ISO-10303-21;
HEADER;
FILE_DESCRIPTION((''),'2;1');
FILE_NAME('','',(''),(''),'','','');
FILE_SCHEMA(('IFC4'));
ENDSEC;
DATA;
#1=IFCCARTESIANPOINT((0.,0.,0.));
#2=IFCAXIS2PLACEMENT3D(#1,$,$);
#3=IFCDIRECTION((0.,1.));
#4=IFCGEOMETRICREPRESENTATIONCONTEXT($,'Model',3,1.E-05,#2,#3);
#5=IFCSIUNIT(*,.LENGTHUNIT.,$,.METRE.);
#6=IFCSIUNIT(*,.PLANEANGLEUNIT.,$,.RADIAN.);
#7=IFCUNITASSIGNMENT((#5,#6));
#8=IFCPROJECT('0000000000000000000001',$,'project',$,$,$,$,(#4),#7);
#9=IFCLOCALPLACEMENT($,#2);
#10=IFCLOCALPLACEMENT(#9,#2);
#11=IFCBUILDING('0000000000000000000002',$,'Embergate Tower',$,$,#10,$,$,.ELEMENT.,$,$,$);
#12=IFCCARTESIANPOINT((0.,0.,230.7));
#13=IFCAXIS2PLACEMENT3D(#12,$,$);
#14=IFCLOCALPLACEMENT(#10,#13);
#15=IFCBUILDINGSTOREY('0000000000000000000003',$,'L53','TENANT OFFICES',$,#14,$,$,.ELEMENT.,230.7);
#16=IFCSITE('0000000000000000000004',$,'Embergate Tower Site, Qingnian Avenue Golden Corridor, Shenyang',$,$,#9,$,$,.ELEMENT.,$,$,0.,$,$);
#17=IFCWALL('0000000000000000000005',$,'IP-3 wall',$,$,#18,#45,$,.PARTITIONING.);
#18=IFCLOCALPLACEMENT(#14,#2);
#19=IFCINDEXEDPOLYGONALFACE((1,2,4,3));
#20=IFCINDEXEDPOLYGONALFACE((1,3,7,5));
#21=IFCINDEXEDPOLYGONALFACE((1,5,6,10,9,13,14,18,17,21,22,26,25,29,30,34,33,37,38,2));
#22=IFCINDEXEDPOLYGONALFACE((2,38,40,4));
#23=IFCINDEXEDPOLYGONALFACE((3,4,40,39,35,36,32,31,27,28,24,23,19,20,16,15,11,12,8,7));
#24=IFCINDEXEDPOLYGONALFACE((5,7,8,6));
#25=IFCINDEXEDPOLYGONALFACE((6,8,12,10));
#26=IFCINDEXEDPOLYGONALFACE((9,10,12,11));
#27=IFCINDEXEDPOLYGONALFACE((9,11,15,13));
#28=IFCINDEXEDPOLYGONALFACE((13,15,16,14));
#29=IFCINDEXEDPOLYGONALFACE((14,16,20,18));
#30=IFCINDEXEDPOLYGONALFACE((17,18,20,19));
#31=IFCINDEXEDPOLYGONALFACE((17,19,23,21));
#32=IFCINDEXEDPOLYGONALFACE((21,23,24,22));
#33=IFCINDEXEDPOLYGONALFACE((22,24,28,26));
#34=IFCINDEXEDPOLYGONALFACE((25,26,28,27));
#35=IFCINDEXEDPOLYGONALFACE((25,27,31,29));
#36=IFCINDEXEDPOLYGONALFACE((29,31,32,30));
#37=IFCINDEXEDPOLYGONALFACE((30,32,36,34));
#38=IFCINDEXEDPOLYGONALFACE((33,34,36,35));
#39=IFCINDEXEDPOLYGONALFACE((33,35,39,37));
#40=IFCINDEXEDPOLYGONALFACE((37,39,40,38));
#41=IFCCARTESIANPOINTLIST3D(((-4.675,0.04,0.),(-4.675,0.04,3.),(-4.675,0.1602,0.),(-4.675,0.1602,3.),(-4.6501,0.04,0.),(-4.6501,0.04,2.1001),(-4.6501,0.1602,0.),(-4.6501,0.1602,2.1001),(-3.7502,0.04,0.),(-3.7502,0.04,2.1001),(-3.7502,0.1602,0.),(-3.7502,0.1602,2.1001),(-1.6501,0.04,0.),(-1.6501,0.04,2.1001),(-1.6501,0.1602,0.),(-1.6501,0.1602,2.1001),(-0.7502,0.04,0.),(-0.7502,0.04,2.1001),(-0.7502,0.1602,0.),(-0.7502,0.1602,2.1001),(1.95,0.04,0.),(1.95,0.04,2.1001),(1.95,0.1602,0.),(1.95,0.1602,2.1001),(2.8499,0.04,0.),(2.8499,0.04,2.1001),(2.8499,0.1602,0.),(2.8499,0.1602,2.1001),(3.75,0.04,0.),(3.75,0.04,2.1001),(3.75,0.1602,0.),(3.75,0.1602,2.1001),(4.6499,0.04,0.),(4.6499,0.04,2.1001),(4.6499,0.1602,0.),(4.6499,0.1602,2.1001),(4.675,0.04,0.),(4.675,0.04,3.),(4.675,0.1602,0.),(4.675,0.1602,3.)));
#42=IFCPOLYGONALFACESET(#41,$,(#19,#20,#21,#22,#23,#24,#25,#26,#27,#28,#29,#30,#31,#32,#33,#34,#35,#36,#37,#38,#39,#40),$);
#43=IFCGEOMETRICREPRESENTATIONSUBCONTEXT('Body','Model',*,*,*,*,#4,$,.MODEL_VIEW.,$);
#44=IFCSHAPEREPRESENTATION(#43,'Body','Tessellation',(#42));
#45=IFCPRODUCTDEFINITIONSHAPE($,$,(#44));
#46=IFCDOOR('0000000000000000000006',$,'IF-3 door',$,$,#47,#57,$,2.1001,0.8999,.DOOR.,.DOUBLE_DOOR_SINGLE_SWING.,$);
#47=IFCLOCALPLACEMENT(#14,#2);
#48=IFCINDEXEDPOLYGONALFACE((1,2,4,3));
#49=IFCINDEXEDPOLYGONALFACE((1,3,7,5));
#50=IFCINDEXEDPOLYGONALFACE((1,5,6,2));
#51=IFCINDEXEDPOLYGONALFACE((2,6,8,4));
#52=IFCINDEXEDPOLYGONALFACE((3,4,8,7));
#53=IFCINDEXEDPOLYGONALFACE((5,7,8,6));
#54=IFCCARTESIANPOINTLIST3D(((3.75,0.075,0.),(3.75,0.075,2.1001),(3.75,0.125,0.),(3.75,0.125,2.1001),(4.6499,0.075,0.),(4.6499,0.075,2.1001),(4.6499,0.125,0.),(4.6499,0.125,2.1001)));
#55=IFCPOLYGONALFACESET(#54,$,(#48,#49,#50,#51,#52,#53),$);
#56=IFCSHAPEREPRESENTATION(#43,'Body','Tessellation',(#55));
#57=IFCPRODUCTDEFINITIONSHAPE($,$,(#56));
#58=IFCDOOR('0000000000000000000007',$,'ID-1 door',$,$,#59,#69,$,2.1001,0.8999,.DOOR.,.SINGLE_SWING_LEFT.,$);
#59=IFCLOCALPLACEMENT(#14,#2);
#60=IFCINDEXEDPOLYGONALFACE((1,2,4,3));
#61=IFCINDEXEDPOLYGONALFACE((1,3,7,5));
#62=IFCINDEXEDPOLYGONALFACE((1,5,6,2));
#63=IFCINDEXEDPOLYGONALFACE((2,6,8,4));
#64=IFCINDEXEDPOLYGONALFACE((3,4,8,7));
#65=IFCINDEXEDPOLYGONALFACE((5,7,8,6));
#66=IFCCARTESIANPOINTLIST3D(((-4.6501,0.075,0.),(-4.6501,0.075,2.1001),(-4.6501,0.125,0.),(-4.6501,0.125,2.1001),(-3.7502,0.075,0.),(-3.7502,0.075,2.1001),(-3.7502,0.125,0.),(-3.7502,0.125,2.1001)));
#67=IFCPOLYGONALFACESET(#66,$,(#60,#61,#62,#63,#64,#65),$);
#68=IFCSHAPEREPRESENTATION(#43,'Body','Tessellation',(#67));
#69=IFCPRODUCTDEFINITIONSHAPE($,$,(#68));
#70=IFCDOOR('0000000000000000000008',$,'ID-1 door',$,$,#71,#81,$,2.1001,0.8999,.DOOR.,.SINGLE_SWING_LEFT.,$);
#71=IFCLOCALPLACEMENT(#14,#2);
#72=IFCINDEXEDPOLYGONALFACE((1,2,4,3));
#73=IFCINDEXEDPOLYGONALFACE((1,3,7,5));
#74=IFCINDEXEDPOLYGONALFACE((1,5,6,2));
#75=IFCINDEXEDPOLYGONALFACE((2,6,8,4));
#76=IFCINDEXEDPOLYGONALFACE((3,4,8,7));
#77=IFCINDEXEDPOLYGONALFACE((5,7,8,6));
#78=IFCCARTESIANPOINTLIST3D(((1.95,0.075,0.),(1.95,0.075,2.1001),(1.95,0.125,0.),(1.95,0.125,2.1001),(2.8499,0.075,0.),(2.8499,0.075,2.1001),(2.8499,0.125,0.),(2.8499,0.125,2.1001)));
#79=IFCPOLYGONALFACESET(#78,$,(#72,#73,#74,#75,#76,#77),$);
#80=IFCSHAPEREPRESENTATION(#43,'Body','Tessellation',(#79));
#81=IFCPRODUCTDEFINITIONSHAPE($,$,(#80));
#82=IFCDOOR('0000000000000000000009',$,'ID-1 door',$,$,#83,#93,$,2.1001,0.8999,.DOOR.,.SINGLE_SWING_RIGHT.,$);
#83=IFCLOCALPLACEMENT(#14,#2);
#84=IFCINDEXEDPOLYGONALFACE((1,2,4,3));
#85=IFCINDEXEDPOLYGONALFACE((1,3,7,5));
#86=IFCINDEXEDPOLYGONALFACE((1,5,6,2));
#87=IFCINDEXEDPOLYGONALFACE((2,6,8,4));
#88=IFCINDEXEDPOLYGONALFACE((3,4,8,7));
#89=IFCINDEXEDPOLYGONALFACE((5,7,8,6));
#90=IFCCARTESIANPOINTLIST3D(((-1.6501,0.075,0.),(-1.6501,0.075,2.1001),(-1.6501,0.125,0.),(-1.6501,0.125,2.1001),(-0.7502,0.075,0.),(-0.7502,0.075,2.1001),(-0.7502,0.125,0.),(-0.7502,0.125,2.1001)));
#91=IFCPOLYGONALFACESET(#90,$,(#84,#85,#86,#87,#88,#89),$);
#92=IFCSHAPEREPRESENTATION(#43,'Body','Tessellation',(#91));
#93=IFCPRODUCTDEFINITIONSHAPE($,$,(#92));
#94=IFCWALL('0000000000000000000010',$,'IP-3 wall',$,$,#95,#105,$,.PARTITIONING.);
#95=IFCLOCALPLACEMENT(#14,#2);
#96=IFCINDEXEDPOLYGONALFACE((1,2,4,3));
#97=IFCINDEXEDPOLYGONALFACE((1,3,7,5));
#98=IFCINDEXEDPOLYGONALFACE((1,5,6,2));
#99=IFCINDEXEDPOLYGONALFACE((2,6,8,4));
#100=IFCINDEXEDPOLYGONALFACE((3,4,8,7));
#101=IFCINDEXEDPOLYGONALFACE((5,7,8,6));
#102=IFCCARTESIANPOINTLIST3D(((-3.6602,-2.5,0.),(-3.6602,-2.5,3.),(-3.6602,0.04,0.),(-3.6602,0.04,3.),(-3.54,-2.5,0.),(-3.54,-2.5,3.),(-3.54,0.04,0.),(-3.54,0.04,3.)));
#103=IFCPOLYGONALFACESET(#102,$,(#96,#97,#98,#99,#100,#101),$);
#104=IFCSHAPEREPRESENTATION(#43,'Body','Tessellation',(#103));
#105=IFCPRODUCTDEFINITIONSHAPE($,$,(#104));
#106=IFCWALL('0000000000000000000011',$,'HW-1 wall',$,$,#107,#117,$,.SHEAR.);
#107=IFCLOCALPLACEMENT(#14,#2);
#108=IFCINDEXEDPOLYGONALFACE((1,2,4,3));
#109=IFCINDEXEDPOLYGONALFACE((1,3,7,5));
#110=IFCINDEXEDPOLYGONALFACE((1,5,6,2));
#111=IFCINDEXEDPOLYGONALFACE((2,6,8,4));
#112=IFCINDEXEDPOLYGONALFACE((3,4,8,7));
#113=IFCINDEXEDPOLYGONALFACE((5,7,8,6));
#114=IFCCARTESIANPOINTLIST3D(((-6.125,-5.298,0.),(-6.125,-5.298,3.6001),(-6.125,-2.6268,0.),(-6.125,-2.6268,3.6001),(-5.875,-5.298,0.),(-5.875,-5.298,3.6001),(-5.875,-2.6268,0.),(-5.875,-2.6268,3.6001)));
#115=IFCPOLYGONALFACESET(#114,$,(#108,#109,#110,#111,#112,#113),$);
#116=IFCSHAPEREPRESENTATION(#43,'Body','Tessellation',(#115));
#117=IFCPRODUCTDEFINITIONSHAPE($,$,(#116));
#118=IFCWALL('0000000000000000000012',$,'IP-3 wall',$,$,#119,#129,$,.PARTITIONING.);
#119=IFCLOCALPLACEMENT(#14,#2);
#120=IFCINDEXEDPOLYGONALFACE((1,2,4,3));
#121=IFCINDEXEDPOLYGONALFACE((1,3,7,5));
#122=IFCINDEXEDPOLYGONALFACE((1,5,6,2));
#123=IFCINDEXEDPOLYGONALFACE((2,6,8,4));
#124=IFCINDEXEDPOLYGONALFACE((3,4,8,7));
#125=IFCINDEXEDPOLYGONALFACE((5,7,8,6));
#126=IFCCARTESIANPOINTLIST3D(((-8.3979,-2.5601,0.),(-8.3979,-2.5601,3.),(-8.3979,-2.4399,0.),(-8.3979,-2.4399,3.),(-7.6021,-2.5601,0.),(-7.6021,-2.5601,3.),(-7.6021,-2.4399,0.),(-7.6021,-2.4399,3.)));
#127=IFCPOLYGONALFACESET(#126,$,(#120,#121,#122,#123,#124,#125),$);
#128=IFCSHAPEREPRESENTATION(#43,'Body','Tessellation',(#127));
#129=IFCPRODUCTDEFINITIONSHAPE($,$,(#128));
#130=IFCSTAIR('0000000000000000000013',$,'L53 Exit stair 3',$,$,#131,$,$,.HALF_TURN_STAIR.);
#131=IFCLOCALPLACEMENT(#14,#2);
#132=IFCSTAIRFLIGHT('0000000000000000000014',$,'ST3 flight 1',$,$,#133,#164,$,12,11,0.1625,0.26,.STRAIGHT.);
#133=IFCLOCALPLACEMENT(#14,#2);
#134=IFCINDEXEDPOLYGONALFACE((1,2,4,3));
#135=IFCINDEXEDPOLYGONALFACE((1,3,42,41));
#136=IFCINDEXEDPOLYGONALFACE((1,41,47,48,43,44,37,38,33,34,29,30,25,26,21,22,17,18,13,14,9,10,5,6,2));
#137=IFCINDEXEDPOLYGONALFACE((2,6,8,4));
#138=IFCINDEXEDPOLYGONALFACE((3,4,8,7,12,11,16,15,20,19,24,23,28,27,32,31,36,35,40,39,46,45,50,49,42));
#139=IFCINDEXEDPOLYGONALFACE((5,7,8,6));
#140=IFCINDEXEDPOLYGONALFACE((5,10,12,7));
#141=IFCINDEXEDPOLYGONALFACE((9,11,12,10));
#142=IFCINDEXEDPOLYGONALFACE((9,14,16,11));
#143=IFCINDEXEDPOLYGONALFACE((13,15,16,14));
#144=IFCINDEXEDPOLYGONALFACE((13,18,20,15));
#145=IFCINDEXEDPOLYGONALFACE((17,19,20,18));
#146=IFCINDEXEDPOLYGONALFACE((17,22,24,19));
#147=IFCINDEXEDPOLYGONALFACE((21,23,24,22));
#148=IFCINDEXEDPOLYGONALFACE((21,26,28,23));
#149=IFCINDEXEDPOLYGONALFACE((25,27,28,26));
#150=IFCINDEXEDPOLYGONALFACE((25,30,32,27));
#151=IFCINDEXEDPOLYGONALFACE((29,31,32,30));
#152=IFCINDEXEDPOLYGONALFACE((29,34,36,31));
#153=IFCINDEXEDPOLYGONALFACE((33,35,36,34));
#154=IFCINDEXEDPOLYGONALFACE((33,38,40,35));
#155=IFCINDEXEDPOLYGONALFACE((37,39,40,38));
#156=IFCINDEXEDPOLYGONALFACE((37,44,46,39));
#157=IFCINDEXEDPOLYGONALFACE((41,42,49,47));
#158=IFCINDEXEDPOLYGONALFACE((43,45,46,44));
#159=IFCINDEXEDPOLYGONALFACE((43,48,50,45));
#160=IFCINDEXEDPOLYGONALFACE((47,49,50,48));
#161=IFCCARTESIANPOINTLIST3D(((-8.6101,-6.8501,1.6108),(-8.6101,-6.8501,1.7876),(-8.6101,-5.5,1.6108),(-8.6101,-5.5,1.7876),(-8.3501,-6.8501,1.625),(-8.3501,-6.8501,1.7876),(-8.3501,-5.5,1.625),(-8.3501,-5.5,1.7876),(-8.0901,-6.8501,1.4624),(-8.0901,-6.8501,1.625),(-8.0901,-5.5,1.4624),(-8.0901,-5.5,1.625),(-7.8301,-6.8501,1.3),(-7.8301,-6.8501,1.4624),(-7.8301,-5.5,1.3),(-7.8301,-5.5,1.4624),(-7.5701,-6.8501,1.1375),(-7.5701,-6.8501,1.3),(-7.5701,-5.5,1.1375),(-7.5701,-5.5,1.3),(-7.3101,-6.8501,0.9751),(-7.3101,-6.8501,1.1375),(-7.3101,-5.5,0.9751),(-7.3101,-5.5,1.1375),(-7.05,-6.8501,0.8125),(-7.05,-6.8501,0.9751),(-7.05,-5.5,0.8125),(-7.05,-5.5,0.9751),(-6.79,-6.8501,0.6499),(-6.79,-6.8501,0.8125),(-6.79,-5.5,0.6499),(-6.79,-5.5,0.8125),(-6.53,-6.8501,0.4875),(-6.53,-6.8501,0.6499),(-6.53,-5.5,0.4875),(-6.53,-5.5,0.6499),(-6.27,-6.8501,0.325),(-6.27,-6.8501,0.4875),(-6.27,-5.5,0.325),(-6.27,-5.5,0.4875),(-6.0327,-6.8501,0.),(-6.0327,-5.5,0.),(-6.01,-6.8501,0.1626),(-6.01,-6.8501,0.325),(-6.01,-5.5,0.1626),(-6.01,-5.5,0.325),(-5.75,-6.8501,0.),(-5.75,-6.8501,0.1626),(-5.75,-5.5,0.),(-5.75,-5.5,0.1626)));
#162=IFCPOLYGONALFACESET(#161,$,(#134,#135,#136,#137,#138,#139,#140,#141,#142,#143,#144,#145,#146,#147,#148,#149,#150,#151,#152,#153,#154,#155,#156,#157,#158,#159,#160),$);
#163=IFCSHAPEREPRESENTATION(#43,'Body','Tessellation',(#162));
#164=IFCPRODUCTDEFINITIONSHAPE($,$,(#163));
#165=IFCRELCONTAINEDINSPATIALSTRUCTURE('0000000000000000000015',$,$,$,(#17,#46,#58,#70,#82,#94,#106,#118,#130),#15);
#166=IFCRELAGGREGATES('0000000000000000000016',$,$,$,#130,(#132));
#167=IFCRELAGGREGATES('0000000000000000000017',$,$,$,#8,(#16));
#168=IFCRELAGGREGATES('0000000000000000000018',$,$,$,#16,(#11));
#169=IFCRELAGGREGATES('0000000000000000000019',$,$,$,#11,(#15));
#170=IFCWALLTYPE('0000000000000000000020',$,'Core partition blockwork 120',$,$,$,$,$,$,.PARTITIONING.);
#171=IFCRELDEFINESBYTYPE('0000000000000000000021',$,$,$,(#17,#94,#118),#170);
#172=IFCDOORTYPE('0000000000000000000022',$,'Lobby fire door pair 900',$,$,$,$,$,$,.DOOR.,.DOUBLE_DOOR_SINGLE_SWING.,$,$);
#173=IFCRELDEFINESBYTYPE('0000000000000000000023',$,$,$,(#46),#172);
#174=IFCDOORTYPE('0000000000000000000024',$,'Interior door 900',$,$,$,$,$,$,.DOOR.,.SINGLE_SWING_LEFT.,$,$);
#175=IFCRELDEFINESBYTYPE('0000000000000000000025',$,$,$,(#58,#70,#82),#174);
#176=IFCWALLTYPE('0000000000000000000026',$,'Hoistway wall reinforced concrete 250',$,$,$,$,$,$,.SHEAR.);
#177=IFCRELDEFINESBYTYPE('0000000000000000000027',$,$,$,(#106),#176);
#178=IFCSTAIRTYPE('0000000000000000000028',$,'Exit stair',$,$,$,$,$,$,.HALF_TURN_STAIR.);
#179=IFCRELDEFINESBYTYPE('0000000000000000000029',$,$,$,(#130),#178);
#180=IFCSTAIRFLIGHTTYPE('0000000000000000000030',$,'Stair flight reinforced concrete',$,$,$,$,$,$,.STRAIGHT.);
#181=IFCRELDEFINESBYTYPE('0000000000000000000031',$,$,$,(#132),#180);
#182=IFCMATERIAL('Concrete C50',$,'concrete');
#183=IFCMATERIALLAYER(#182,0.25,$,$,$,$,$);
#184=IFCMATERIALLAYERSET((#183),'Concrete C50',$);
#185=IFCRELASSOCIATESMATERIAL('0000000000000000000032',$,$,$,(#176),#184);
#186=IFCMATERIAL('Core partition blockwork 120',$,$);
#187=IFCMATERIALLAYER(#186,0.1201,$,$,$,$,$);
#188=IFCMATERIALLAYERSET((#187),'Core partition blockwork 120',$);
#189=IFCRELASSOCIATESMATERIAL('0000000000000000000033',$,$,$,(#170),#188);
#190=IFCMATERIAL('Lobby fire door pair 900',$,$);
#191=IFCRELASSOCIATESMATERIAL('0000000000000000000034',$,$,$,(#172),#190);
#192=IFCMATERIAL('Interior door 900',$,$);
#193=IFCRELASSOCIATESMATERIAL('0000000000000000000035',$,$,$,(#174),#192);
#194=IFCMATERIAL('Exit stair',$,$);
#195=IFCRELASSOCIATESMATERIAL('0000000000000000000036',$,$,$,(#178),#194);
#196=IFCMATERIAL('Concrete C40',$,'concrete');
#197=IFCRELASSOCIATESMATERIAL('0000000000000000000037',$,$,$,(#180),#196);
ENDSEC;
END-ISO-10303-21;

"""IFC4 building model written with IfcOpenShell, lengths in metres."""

from ifc_helpers import new_model, si_unit, direction, frame, frame_2d, origin, place, context, subcontext, project, spatial, polyline, rectangle, outline, extrude, source, transform, mapped, material, layer, layer_set, type_object, element, fill, aggregate, save


model = new_model("IFC4")

# Units and contexts
model_context = context("Model", 3, precision=1e-05, world=origin(), true_north=direction((0.0, 1.0)))
body_context = subcontext(model_context, "Body", "Model", "MODEL_VIEW")
ifc_project = project(units=[si_unit("LENGTHUNIT", "METRE"), si_unit("PLANEANGLEUNIT", "RADIAN")], contexts=[model_context])

# Site, building, storey
site_placement = place(None, origin())
site = spatial("IfcSite", under=ifc_project, at=site_placement, Name="Embergate Tower Site, Qingnian Avenue Golden Corridor, Shenyang", CompositionType="ELEMENT", RefElevation=0.0)
building_placement = place(site_placement, origin())
building = spatial("IfcBuilding", under=site, at=building_placement, Name="Embergate Tower", CompositionType="ELEMENT")
storey_placement = place(building_placement, frame((0.0, 0.0, 230.7)))
storey = spatial("IfcBuildingStorey", under=building, at=storey_placement, Name="L53", Description="TENANT OFFICES", CompositionType="ELEMENT", Elevation=230.7)

# Shared definitions
ifc_material_1 = material(Name="Concrete C50", Category="concrete")
ifc_layer_1 = layer(ifc_material_1, 0.25)
ifc_layer_set_1 = layer_set([ifc_layer_1], Name="Concrete C50")
wall_type_1 = type_object("IfcWallType", Name="Hoistway wall reinforced concrete 250", PredefinedType="SHEAR", material=ifc_layer_set_1)

# Shared definitions
ifc_material_2 = material(Name="Core partition blockwork 120")
ifc_layer_2 = layer(ifc_material_2, 0.1201)
ifc_layer_set_2 = layer_set([ifc_layer_2], Name="Core partition blockwork 120")
wall_type_2 = type_object("IfcWallType", Name="Core partition blockwork 120", PredefinedType="PARTITIONING", material=ifc_layer_set_2)

# Wall, openings, doors
shared_shape_1 = source(origin(), body_context, "Body", "SweptSolid", [
    extrude(rectangle(XDim=9.3501, YDim=0.1201, at=frame_2d((4.675, 0.0))), origin(), (0.0, 0.0, 1.0), 3.0),
])
wall_1_placement = place(storey_placement, frame((-4.675, 0.1001, 0.0), z_axis=(0.0, 0.0, 1.0), x_axis=(1.0, 0.0, 0.0)))
wall_1 = element("IfcWall", 1, at=wall_1_placement, inside=storey, type_object=wall_type_2, Name="IP-3 wall", PredefinedType="PARTITIONING", context=body_context, shape_type="MappedRepresentation", body=[
    mapped(shared_shape_1, transform((0.0, 0.0, 0.0))),
])
shared_shape_2 = source(origin(), body_context, "Body", "SweptSolid", [
    extrude(rectangle(XDim=0.8999, YDim=2.1001, at=frame_2d((0.45, 1.05))), frame((0.0, 0.0701, 0.0), z_axis=(0.0, -1.0, 0.0), x_axis=(1.0, 0.0, 0.0)), (0.0, 0.0, 1.0), 0.1401),
])
opening_1_placement = place(wall_1_placement, frame((8.425, 0.0, 0.0)))
opening_1 = element("IfcOpeningElement", 2, at=opening_1_placement, cuts=wall_1, PredefinedType="OPENING", context=body_context, shape_type="MappedRepresentation", body=[
    mapped(shared_shape_2, transform((0.0, 0.0, 0.0))),
])
opening_2_placement = place(wall_1_placement, frame((0.0249, 0.0, 0.0)))
opening_2 = element("IfcOpeningElement", 3, at=opening_2_placement, cuts=wall_1, PredefinedType="OPENING", context=body_context, shape_type="MappedRepresentation", body=[
    mapped(shared_shape_2, transform((0.0, 0.0, 0.0))),
])
opening_3_placement = place(wall_1_placement, frame((6.625, 0.0, 0.0)))
opening_3 = element("IfcOpeningElement", 4, at=opening_3_placement, cuts=wall_1, PredefinedType="OPENING", context=body_context, shape_type="MappedRepresentation", body=[
    mapped(shared_shape_2, transform((0.0, 0.0, 0.0))),
])
opening_4_placement = place(wall_1_placement, frame((3.0249, 0.0, 0.0)))
opening_4 = element("IfcOpeningElement", 5, at=opening_4_placement, cuts=wall_1, PredefinedType="OPENING", context=body_context, shape_type="MappedRepresentation", body=[
    mapped(shared_shape_2, transform((0.0, 0.0, 0.0))),
])
ifc_material_3 = material(Name="Lobby fire door pair 900")
door_type_1 = type_object("IfcDoorType", Name="Lobby fire door pair 900", OperationType="DOUBLE_DOOR_SINGLE_SWING", PredefinedType="DOOR", material=ifc_material_3)
shared_shape_3 = source(origin(), body_context, "Body", "SweptSolid", [
    extrude(rectangle(XDim=0.8999, YDim=2.1001, at=frame_2d((0.45, 1.05))), frame((0.0, 0.0249, 0.0), z_axis=(0.0, -1.0, 0.0), x_axis=(1.0, 0.0, 0.0)), (0.0, 0.0, 1.0), 0.05),
])
door_1_placement = place(opening_1_placement, origin())
door_1 = element("IfcDoor", 6, at=door_1_placement, inside=storey, type_object=door_type_1, Name="IF-3 door", OperationType="DOUBLE_DOOR_SINGLE_SWING", OverallHeight=2.1001, OverallWidth=0.8999, PredefinedType="DOOR", context=body_context, shape_type="MappedRepresentation", body=[
    mapped(shared_shape_3, transform((0.0, 0.0, 0.0))),
])
fill(opening_1, door_1)
ifc_material_4 = material(Name="Interior door 900")
door_type_2 = type_object("IfcDoorType", Name="Interior door 900", OperationType="SINGLE_SWING_LEFT", PredefinedType="DOOR", material=ifc_material_4)
door_2_placement = place(opening_2_placement, origin())
door_2 = element("IfcDoor", 7, at=door_2_placement, inside=storey, type_object=door_type_2, Name="ID-1 door", OperationType="SINGLE_SWING_LEFT", OverallHeight=2.1001, OverallWidth=0.8999, PredefinedType="DOOR", context=body_context, shape_type="MappedRepresentation", body=[
    mapped(shared_shape_3, transform((0.0, 0.0, 0.0))),
])
fill(opening_2, door_2)
door_3_placement = place(opening_3_placement, origin())
door_3 = element("IfcDoor", 8, at=door_3_placement, inside=storey, type_object=door_type_2, Name="ID-1 door", OperationType="SINGLE_SWING_LEFT", OverallHeight=2.1001, OverallWidth=0.8999, PredefinedType="DOOR", context=body_context, shape_type="MappedRepresentation", body=[
    mapped(shared_shape_3, transform((0.0, 0.0, 0.0))),
])
fill(opening_3, door_3)
door_4_placement = place(opening_4_placement, origin())
door_4 = element("IfcDoor", 9, at=door_4_placement, inside=storey, type_object=door_type_2, Name="ID-1 door", OperationType="SINGLE_SWING_RIGHT", OverallHeight=2.1001, OverallWidth=0.8999, PredefinedType="DOOR", context=body_context, shape_type="MappedRepresentation", body=[
    mapped(shared_shape_3, transform((0.0, 0.0, 0.0))),
])
fill(opening_4, door_4)

# Walls
shared_shape_4 = source(origin(), body_context, "Body", "SweptSolid", [
    extrude(rectangle(XDim=2.54, YDim=0.1201, at=frame_2d((1.27, 0.0))), origin(), (0.0, 0.0, 1.0), 3.0),
])
wall_2_placement = place(storey_placement, frame((-3.6001, -2.5, 0.0), z_axis=(0.0, 0.0, 1.0), x_axis=(0.0, 1.0, 0.0)))
element("IfcWall", 10, at=wall_2_placement, inside=storey, type_object=wall_type_2, Name="IP-3 wall", PredefinedType="PARTITIONING", context=body_context, shape_type="MappedRepresentation", body=[
    mapped(shared_shape_4, transform((0.0, 0.0, 0.0))),
])
shared_shape_5 = source(origin(), body_context, "Body", "SweptSolid", [
    extrude(rectangle(XDim=2.6711, YDim=0.25, at=frame_2d((1.3354, 0.0))), origin(), (0.0, 0.0, 1.0), 3.6001),
])
wall_3_placement = place(storey_placement, frame((-6.0, -2.627, 0.0), z_axis=(0.0, 0.0, 1.0), x_axis=(0.0, -1.0, 0.0)))
element("IfcWall", 11, at=wall_3_placement, inside=storey, type_object=wall_type_1, Name="HW-1 wall", PredefinedType="SHEAR", context=body_context, shape_type="MappedRepresentation", body=[
    mapped(shared_shape_5, transform((0.0, 0.0, 0.0))),
])
shared_shape_6 = source(origin(), body_context, "Body", "SweptSolid", [
    extrude(rectangle(XDim=0.7959, YDim=0.1201, at=frame_2d((0.3979, 0.0))), origin(), (0.0, 0.0, 1.0), 3.0),
])
wall_4_placement = place(storey_placement, frame((-8.3979, -2.5, 0.0), z_axis=(0.0, 0.0, 1.0), x_axis=(1.0, 0.0, 0.0)))
element("IfcWall", 12, at=wall_4_placement, inside=storey, type_object=wall_type_2, Name="IP-3 wall", PredefinedType="PARTITIONING", context=body_context, shape_type="MappedRepresentation", body=[
    mapped(shared_shape_6, transform((0.0, 0.0, 0.0))),
])

# Stair, stair flight
ifc_material_5 = material(Name="Exit stair")
stair_type = type_object("IfcStairType", Name="Exit stair", PredefinedType="HALF_TURN_STAIR", material=ifc_material_5)
stair_placement = place(storey_placement, origin())
stair = element("IfcStair", 13, at=stair_placement, inside=storey, type_object=stair_type, Name="L53 Exit stair 3", PredefinedType="HALF_TURN_STAIR")
ifc_material_6 = material(Name="Concrete C40", Category="concrete")
stair_flight_type = type_object("IfcStairFlightType", Name="Stair flight reinforced concrete", PredefinedType="STRAIGHT", material=ifc_material_6)
shared_shape_7 = source(origin(), body_context, "Body", "SweptSolid", [
    extrude(outline(polyline([(0.0, 0.0), (0.0, 0.1626), (0.26, 0.1626), (0.26, 0.325), (0.52, 0.325), (0.52, 0.4875), (0.78, 0.4875), (0.78, 0.6499), (1.04, 0.6499), (1.04, 0.8125), (1.3, 0.8125), (1.3, 0.9751), (1.5601, 0.9751), (1.5601, 1.1375), (1.8201, 1.1375), (1.8201, 1.3), (2.0801, 1.3), (2.0801, 1.4624), (2.3401, 1.4624), (2.3401, 1.625), (2.6001, 1.625), (2.6001, 1.7876), (2.8601, 1.7876), (2.8601, 1.95), (2.8601, 1.6108), (0.2827, 0.0), (0.0, 0.0)])), frame((0.0, 0.675, 0.0), z_axis=(0.0, -1.0, 0.0), x_axis=(1.0, 0.0, 0.0)), (0.0, 0.0, 1.0), 1.3501),
])
stair_flight_placement = place(storey_placement, frame((-5.75, -6.175, 0.0), z_axis=(0.0, 0.0, 1.0), x_axis=(-1.0, 0.0, 0.0)))
stair_flight = element("IfcStairFlight", 14, at=stair_flight_placement, type_object=stair_flight_type, Name="ST3 flight 1", NumberOfRisers=12, NumberOfTreads=11, PredefinedType="STRAIGHT", RiserHeight=0.1625, TreadLength=0.26, context=body_context, shape_type="MappedRepresentation", body=[
    mapped(shared_shape_7, transform((0.0, 0.0, 0.0))),
])
aggregate(stair, [stair_flight])

save(model, "model.ifc")
